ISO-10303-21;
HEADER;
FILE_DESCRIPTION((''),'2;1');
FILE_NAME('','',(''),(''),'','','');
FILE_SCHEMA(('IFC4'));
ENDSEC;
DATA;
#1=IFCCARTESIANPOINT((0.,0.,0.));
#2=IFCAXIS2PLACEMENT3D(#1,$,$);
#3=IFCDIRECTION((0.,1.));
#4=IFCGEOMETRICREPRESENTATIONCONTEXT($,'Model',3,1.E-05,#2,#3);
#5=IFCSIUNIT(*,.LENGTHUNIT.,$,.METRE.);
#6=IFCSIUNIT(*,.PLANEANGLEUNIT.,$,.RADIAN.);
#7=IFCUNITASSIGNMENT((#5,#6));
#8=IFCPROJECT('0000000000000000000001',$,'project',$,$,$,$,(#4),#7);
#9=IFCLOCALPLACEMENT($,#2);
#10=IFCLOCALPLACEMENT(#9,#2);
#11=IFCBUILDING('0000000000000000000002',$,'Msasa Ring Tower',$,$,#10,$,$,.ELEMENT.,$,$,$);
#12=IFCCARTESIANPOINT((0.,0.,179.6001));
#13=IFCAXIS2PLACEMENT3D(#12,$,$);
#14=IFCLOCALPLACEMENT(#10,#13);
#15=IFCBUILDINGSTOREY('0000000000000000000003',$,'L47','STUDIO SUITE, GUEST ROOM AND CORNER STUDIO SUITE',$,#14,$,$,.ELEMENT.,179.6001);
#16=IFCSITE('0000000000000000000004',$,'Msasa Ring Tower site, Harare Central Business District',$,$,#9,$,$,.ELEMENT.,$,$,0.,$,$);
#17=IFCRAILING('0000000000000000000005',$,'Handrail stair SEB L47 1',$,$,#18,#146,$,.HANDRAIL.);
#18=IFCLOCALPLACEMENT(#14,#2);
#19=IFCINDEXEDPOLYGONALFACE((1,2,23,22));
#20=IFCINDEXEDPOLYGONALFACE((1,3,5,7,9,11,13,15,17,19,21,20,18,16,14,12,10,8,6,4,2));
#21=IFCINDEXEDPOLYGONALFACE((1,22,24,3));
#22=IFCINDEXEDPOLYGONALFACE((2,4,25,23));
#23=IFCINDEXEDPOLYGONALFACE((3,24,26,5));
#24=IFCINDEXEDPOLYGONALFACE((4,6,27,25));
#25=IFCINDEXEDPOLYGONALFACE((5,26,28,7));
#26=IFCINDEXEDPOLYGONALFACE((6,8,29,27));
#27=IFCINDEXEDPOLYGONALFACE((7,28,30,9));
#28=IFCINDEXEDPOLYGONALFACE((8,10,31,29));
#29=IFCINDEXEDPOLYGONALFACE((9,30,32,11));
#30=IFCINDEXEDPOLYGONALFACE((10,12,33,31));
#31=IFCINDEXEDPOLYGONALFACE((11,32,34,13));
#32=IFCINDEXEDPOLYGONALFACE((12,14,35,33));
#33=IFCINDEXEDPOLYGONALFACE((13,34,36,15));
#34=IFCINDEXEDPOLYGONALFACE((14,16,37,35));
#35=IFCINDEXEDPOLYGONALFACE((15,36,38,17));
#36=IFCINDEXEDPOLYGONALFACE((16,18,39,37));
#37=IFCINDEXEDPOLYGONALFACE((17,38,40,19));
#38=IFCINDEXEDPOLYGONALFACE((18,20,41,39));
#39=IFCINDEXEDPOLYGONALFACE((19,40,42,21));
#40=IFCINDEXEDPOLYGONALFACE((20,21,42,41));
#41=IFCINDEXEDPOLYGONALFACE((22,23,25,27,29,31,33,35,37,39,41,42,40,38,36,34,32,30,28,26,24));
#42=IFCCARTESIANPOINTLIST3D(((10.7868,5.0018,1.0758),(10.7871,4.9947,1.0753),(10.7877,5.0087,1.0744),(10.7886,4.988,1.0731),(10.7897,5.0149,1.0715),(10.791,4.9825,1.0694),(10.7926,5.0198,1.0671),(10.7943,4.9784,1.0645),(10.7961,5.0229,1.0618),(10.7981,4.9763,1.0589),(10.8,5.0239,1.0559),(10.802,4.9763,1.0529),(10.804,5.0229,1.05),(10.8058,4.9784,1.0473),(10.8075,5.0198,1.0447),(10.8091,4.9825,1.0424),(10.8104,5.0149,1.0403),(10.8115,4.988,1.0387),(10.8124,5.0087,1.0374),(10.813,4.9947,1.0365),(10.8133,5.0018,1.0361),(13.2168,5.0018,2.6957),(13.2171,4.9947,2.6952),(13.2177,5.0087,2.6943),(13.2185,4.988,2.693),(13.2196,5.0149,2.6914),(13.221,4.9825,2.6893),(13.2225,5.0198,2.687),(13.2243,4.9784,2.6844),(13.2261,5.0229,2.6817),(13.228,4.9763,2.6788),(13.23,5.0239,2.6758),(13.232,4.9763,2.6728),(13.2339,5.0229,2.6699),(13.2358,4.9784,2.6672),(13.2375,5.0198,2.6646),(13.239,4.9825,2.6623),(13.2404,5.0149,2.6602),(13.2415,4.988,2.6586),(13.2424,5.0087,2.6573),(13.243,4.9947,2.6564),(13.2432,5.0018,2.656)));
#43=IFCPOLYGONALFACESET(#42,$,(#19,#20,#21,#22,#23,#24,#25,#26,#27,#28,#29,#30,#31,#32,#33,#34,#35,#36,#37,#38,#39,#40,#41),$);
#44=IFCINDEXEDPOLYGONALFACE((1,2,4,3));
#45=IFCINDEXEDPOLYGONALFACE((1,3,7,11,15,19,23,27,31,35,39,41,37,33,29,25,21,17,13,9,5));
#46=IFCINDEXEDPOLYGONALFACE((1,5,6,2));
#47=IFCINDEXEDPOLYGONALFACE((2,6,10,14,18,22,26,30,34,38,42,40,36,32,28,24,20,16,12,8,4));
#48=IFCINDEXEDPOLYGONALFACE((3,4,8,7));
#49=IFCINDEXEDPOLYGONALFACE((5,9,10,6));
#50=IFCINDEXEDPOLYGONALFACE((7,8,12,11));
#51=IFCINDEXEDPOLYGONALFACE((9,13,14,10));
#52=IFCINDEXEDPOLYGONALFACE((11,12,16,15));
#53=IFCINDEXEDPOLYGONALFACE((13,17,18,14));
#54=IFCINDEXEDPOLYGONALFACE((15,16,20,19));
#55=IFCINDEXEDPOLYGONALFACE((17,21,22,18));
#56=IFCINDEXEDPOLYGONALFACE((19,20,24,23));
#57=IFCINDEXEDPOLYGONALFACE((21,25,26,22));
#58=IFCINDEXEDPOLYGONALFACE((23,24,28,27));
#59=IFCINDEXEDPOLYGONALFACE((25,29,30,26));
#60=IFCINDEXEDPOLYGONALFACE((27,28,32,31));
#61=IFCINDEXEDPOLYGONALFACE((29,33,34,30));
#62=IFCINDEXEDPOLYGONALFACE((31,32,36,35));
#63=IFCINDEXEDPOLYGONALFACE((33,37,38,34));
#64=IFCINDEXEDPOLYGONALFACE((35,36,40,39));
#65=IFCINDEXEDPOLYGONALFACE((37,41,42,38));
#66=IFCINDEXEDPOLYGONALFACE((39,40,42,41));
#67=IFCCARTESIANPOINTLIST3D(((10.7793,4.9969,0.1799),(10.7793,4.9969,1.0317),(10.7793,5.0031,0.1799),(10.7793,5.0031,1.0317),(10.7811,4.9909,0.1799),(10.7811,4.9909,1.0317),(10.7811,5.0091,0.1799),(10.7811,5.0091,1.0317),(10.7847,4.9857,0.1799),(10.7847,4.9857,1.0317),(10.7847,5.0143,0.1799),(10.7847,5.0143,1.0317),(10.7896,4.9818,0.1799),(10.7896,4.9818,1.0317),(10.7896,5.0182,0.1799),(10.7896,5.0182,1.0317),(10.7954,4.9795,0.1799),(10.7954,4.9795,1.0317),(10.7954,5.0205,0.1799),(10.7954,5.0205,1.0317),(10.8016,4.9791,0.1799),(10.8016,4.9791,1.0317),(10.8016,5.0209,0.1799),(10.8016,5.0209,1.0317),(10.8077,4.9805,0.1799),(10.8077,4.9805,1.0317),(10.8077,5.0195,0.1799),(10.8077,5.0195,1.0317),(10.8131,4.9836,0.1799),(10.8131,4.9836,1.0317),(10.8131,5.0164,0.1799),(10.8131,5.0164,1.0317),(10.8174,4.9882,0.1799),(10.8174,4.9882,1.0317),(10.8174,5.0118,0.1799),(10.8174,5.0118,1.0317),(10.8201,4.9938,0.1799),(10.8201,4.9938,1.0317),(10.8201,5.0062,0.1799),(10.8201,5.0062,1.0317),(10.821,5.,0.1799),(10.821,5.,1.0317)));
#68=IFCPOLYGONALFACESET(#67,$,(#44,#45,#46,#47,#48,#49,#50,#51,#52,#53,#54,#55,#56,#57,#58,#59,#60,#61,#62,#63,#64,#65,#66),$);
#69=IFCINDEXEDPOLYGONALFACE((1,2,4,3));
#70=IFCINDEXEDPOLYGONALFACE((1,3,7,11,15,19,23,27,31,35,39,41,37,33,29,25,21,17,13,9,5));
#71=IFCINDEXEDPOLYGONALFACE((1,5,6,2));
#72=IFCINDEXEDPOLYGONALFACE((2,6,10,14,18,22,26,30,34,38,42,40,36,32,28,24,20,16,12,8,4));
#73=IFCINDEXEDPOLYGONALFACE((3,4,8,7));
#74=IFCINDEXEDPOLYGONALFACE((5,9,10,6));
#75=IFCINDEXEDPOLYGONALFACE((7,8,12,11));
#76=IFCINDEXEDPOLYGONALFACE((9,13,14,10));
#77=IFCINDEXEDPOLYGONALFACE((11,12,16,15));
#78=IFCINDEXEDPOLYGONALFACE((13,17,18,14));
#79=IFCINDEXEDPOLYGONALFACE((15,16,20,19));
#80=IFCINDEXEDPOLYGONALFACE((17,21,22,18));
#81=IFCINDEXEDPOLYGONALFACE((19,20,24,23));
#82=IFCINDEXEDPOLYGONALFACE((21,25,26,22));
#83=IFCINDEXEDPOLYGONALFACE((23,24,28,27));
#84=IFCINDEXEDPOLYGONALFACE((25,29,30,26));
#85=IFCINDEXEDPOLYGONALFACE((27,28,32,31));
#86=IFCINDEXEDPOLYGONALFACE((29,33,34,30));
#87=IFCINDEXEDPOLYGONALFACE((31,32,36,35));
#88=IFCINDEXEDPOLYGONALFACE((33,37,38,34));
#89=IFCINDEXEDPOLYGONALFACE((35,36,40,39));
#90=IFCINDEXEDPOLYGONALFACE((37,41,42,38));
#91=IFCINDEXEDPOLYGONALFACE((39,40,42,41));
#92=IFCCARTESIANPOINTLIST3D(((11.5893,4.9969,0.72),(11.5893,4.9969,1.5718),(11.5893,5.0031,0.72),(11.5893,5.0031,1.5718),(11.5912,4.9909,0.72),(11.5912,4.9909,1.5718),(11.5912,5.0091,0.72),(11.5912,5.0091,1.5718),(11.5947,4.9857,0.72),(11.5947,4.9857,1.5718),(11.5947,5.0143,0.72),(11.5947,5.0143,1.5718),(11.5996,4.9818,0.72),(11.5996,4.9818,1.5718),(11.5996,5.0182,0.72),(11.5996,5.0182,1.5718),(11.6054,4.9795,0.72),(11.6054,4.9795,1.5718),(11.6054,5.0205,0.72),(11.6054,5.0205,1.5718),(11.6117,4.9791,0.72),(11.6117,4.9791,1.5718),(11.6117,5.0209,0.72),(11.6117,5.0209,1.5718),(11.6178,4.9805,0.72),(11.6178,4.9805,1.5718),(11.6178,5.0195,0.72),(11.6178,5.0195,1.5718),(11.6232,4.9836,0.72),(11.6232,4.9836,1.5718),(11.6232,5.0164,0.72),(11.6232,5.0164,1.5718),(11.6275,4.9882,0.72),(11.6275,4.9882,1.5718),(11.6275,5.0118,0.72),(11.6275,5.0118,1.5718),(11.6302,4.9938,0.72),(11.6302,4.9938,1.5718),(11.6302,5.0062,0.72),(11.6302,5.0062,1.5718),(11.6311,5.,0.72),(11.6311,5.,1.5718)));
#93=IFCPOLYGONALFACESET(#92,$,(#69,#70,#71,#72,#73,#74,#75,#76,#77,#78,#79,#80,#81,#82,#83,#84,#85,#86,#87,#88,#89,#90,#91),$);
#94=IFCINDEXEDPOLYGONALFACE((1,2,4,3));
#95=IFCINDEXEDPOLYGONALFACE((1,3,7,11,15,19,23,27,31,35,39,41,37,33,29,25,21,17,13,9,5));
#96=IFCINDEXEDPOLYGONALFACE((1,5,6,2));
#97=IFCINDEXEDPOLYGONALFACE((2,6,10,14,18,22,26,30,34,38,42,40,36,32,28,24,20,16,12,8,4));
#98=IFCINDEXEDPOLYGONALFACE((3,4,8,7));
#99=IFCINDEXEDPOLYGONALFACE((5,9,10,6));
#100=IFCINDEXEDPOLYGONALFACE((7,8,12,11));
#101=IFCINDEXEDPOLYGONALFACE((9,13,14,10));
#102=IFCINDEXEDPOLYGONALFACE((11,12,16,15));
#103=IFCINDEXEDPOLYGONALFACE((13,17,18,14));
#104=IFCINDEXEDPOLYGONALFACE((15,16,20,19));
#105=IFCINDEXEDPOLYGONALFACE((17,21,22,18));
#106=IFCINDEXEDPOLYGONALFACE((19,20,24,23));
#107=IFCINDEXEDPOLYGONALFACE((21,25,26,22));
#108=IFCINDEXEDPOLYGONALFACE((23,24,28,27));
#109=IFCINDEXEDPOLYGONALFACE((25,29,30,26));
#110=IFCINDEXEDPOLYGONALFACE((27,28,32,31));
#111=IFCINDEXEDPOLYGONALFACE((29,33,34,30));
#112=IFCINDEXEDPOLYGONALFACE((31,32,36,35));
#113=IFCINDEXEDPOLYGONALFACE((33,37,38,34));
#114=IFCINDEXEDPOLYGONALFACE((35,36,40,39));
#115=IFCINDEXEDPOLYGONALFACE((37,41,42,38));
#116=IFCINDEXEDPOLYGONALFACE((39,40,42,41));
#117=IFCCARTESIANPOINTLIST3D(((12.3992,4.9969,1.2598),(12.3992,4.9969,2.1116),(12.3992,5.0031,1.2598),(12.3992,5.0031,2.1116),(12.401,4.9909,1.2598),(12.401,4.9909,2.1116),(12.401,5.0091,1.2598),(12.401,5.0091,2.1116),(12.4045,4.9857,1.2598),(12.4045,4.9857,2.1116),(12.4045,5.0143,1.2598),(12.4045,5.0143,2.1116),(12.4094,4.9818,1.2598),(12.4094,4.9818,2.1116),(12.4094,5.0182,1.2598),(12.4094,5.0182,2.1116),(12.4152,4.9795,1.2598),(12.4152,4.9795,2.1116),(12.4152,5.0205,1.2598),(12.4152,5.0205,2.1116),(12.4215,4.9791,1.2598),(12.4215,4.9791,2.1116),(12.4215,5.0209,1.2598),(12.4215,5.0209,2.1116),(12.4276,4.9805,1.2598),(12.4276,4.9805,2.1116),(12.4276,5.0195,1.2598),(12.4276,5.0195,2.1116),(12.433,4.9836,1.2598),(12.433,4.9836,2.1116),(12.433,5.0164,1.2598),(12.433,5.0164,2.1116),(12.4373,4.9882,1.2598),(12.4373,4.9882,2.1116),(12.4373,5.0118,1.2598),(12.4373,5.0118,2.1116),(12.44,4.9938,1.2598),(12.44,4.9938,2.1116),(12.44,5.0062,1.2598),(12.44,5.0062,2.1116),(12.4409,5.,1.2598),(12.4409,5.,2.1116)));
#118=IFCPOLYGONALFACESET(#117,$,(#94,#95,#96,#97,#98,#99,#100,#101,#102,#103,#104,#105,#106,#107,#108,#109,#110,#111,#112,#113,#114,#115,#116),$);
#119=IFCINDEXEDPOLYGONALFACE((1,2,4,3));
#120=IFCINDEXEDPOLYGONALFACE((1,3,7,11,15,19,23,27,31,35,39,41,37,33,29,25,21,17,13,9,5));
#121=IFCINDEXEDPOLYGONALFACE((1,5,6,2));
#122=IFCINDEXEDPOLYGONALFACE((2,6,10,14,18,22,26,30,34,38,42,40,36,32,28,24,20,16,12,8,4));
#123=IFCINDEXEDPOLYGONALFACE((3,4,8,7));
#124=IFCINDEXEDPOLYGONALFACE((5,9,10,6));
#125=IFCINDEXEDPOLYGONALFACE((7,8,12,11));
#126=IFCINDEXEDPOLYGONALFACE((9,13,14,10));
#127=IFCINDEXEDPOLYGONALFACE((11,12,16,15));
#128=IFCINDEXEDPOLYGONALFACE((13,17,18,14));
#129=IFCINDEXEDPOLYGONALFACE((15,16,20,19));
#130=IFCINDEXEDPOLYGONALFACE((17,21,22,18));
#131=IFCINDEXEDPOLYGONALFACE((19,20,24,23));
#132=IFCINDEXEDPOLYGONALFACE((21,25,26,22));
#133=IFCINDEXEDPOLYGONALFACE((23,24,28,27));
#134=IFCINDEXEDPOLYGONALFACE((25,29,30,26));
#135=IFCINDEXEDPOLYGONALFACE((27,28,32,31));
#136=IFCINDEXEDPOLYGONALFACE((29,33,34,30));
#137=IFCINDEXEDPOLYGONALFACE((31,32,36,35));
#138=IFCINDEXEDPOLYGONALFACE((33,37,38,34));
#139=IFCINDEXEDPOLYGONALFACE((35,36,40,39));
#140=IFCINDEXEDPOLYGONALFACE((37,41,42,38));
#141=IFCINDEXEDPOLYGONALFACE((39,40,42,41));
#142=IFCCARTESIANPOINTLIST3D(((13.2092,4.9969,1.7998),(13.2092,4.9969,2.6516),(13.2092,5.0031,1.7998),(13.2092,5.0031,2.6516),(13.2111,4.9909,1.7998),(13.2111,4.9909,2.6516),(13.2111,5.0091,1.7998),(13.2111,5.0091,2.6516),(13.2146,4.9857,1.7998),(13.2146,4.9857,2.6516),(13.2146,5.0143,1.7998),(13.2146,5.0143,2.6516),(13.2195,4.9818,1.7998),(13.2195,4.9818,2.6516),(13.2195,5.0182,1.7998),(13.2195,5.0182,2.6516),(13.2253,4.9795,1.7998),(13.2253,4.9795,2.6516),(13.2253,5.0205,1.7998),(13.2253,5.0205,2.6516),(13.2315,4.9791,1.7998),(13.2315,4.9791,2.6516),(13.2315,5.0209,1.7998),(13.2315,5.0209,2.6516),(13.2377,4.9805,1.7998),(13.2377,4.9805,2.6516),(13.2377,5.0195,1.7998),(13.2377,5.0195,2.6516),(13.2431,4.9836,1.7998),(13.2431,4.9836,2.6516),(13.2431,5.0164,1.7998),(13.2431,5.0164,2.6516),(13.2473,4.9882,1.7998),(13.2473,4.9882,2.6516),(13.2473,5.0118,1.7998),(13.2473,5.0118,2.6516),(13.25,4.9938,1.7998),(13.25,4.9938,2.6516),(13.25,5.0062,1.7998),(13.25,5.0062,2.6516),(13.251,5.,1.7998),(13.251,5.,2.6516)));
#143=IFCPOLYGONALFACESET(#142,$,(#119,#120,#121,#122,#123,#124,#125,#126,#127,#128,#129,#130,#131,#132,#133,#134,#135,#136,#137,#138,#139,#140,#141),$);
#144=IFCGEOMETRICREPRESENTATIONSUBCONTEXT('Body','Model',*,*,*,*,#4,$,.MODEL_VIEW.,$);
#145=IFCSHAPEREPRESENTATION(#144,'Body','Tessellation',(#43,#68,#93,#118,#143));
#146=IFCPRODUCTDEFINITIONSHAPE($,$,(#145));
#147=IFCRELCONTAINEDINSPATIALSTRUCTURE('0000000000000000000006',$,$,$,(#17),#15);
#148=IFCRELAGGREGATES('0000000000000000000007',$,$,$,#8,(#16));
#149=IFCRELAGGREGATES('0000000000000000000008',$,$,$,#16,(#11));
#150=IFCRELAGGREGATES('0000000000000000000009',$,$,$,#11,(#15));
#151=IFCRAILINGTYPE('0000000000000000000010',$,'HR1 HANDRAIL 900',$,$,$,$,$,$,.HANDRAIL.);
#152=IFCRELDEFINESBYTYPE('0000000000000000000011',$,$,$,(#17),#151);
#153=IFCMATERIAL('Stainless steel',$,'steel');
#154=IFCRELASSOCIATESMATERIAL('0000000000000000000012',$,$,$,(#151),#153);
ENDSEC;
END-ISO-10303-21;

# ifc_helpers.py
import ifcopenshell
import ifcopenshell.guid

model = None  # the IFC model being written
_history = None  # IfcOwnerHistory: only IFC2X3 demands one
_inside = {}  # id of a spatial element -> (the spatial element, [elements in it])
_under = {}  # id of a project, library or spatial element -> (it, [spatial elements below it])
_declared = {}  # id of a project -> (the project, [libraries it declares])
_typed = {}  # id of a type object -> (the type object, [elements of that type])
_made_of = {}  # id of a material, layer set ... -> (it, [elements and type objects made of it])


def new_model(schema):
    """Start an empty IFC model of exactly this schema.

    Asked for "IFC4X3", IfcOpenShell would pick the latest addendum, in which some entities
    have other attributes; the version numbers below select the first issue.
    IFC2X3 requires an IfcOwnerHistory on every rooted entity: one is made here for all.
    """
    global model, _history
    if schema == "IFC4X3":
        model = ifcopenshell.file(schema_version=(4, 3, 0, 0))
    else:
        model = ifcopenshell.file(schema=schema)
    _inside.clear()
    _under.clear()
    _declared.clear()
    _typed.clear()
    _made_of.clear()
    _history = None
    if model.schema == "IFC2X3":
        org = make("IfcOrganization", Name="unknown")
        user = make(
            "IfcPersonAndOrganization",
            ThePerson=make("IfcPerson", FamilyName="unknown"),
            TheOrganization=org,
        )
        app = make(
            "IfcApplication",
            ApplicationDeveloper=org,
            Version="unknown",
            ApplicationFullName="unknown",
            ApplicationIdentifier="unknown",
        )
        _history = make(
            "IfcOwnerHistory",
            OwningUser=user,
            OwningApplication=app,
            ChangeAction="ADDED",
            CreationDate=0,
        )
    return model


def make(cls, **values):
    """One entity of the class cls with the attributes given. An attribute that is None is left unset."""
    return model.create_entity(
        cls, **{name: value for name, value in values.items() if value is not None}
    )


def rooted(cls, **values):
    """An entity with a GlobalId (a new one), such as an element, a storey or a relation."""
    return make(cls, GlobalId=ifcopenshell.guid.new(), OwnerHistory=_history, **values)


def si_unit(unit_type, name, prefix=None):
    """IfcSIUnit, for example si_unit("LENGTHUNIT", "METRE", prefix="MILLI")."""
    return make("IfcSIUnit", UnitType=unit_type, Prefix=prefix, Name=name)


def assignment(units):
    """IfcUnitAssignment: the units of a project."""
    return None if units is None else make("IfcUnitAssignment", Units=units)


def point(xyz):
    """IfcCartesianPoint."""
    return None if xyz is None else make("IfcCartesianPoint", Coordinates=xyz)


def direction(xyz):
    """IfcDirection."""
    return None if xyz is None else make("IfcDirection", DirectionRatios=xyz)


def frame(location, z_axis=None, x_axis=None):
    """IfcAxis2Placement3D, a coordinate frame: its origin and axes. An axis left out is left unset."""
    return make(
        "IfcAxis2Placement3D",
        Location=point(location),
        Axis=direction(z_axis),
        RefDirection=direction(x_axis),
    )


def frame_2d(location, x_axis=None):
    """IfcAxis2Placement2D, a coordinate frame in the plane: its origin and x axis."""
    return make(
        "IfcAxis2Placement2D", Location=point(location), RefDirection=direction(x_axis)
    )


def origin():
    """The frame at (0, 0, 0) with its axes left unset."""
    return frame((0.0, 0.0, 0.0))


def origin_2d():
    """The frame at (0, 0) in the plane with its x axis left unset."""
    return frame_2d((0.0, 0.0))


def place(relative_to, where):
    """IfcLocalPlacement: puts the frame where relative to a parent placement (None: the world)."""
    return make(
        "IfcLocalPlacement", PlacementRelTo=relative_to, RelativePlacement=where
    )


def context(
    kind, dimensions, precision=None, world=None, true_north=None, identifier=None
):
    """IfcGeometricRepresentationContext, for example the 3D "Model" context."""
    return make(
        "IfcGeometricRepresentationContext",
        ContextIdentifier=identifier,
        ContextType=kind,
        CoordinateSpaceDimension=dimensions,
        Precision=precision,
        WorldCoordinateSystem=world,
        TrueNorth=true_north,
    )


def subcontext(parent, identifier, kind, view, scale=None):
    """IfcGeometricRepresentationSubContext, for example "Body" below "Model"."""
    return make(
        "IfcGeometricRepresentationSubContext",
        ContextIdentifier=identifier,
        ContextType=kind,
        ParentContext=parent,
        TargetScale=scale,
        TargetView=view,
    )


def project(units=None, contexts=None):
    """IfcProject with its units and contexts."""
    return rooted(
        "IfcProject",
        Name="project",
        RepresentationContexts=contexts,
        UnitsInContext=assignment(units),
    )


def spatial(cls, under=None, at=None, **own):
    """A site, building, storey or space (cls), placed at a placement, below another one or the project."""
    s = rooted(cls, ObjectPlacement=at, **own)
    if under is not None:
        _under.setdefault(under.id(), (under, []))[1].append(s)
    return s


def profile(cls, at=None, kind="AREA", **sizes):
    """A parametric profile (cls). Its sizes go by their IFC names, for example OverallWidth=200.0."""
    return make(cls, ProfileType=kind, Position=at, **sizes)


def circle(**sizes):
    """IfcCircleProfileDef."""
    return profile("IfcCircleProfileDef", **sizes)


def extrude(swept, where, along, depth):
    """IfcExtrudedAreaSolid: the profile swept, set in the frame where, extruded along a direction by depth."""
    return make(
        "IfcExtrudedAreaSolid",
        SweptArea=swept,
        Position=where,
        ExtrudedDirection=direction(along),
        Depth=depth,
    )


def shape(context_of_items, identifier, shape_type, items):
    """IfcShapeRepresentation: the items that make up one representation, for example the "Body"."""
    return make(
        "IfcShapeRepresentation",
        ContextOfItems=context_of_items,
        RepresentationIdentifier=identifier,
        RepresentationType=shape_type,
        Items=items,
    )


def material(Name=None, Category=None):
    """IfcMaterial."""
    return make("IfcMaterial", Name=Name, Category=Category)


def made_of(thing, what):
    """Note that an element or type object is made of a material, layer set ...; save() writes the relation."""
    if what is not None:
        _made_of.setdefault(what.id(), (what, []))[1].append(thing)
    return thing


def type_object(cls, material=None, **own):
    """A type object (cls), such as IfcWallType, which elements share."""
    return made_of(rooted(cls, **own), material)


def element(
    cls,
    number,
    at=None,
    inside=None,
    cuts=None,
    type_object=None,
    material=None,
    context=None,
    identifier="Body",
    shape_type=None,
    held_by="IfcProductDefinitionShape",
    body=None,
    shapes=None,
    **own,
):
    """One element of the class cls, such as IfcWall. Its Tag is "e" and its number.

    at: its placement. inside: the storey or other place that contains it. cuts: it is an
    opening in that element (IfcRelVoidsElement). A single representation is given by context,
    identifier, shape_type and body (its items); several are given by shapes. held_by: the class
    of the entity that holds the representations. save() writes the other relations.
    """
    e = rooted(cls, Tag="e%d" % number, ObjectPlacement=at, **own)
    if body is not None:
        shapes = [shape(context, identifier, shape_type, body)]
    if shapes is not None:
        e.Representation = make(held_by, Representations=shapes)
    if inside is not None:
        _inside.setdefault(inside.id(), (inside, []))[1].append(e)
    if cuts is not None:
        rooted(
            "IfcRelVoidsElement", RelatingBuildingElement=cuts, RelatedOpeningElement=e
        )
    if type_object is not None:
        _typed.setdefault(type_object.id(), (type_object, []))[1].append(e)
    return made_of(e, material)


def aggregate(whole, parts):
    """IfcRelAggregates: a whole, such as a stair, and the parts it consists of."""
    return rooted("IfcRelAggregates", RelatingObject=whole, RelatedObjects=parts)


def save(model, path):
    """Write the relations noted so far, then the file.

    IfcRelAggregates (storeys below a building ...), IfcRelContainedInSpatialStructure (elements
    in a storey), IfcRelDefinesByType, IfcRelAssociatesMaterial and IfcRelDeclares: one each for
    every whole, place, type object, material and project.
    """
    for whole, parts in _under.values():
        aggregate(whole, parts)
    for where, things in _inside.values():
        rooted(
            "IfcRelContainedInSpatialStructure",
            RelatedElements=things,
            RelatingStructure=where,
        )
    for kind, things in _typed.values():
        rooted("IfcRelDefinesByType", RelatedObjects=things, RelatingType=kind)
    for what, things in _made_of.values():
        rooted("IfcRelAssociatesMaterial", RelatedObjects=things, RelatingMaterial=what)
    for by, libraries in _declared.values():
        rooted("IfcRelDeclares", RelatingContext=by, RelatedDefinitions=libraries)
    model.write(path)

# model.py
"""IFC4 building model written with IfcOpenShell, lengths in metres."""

from ifc_helpers import new_model, si_unit, direction, frame, origin, origin_2d, place, context, subcontext, project, spatial, circle, extrude, material, type_object, element, save


model = new_model("IFC4")

# Units and contexts
model_context = context("Model", 3, precision=1e-05, world=origin(), true_north=direction((0.0, 1.0)))
body_context = subcontext(model_context, "Body", "Model", "MODEL_VIEW")
ifc_project = project(units=[si_unit("LENGTHUNIT", "METRE"), si_unit("PLANEANGLEUNIT", "RADIAN")], contexts=[model_context])

# Site, building, storey
site_placement = place(None, origin())
site = spatial("IfcSite", under=ifc_project, at=site_placement, Name="Msasa Ring Tower site, Harare Central Business District", CompositionType="ELEMENT", RefElevation=0.0)
building_placement = place(site_placement, origin())
building = spatial("IfcBuilding", under=site, at=building_placement, Name="Msasa Ring Tower", CompositionType="ELEMENT")
storey_placement = place(building_placement, frame((0.0, 0.0, 179.6001)))
storey = spatial("IfcBuildingStorey", under=building, at=storey_placement, Name="L47", Description="STUDIO SUITE, GUEST ROOM AND CORNER STUDIO SUITE", CompositionType="ELEMENT", Elevation=179.6001)

# Railing
ifc_material_1 = material(Name="Stainless steel", Category="steel")
railing_type = type_object("IfcRailingType", Name="HR1 HANDRAIL 900", PredefinedType="HANDRAIL", material=ifc_material_1)
for number, where, name in (
    (1, (10.8, 5.0, 0.1799), "Handrail stair SEB L47 1"),
):
    element("IfcRailing", number, at=place(storey_placement, frame(where)), inside=storey, type_object=railing_type, Name=name, PredefinedType="HANDRAIL", context=body_context, shape_type="SweptSolid", body=[
        extrude(circle(Radius=0.0239, at=origin_2d()), frame((0.0, 0.0, 0.876), z_axis=(0.832063, 0.0, 0.554681), x_axis=(0.0, 1.0, 0.0)), (0.0, 0.0, 1.0), 2.9204),
        extrude(circle(Radius=0.021, at=origin_2d()), origin(), (0.0, 0.0, 1.0), 0.8518),
        extrude(circle(Radius=0.021, at=origin_2d()), frame((0.8101, 0.0, 0.54)), (0.0, 0.0, 1.0), 0.8518),
        extrude(circle(Radius=0.021, at=origin_2d()), frame((1.6199, 0.0, 1.0798)), (0.0, 0.0, 1.0), 0.8518),
        extrude(circle(Radius=0.021, at=origin_2d()), frame((2.4299, 0.0, 1.6199)), (0.0, 0.0, 1.0), 0.8518),
    ])

save(model, "model.ifc")
